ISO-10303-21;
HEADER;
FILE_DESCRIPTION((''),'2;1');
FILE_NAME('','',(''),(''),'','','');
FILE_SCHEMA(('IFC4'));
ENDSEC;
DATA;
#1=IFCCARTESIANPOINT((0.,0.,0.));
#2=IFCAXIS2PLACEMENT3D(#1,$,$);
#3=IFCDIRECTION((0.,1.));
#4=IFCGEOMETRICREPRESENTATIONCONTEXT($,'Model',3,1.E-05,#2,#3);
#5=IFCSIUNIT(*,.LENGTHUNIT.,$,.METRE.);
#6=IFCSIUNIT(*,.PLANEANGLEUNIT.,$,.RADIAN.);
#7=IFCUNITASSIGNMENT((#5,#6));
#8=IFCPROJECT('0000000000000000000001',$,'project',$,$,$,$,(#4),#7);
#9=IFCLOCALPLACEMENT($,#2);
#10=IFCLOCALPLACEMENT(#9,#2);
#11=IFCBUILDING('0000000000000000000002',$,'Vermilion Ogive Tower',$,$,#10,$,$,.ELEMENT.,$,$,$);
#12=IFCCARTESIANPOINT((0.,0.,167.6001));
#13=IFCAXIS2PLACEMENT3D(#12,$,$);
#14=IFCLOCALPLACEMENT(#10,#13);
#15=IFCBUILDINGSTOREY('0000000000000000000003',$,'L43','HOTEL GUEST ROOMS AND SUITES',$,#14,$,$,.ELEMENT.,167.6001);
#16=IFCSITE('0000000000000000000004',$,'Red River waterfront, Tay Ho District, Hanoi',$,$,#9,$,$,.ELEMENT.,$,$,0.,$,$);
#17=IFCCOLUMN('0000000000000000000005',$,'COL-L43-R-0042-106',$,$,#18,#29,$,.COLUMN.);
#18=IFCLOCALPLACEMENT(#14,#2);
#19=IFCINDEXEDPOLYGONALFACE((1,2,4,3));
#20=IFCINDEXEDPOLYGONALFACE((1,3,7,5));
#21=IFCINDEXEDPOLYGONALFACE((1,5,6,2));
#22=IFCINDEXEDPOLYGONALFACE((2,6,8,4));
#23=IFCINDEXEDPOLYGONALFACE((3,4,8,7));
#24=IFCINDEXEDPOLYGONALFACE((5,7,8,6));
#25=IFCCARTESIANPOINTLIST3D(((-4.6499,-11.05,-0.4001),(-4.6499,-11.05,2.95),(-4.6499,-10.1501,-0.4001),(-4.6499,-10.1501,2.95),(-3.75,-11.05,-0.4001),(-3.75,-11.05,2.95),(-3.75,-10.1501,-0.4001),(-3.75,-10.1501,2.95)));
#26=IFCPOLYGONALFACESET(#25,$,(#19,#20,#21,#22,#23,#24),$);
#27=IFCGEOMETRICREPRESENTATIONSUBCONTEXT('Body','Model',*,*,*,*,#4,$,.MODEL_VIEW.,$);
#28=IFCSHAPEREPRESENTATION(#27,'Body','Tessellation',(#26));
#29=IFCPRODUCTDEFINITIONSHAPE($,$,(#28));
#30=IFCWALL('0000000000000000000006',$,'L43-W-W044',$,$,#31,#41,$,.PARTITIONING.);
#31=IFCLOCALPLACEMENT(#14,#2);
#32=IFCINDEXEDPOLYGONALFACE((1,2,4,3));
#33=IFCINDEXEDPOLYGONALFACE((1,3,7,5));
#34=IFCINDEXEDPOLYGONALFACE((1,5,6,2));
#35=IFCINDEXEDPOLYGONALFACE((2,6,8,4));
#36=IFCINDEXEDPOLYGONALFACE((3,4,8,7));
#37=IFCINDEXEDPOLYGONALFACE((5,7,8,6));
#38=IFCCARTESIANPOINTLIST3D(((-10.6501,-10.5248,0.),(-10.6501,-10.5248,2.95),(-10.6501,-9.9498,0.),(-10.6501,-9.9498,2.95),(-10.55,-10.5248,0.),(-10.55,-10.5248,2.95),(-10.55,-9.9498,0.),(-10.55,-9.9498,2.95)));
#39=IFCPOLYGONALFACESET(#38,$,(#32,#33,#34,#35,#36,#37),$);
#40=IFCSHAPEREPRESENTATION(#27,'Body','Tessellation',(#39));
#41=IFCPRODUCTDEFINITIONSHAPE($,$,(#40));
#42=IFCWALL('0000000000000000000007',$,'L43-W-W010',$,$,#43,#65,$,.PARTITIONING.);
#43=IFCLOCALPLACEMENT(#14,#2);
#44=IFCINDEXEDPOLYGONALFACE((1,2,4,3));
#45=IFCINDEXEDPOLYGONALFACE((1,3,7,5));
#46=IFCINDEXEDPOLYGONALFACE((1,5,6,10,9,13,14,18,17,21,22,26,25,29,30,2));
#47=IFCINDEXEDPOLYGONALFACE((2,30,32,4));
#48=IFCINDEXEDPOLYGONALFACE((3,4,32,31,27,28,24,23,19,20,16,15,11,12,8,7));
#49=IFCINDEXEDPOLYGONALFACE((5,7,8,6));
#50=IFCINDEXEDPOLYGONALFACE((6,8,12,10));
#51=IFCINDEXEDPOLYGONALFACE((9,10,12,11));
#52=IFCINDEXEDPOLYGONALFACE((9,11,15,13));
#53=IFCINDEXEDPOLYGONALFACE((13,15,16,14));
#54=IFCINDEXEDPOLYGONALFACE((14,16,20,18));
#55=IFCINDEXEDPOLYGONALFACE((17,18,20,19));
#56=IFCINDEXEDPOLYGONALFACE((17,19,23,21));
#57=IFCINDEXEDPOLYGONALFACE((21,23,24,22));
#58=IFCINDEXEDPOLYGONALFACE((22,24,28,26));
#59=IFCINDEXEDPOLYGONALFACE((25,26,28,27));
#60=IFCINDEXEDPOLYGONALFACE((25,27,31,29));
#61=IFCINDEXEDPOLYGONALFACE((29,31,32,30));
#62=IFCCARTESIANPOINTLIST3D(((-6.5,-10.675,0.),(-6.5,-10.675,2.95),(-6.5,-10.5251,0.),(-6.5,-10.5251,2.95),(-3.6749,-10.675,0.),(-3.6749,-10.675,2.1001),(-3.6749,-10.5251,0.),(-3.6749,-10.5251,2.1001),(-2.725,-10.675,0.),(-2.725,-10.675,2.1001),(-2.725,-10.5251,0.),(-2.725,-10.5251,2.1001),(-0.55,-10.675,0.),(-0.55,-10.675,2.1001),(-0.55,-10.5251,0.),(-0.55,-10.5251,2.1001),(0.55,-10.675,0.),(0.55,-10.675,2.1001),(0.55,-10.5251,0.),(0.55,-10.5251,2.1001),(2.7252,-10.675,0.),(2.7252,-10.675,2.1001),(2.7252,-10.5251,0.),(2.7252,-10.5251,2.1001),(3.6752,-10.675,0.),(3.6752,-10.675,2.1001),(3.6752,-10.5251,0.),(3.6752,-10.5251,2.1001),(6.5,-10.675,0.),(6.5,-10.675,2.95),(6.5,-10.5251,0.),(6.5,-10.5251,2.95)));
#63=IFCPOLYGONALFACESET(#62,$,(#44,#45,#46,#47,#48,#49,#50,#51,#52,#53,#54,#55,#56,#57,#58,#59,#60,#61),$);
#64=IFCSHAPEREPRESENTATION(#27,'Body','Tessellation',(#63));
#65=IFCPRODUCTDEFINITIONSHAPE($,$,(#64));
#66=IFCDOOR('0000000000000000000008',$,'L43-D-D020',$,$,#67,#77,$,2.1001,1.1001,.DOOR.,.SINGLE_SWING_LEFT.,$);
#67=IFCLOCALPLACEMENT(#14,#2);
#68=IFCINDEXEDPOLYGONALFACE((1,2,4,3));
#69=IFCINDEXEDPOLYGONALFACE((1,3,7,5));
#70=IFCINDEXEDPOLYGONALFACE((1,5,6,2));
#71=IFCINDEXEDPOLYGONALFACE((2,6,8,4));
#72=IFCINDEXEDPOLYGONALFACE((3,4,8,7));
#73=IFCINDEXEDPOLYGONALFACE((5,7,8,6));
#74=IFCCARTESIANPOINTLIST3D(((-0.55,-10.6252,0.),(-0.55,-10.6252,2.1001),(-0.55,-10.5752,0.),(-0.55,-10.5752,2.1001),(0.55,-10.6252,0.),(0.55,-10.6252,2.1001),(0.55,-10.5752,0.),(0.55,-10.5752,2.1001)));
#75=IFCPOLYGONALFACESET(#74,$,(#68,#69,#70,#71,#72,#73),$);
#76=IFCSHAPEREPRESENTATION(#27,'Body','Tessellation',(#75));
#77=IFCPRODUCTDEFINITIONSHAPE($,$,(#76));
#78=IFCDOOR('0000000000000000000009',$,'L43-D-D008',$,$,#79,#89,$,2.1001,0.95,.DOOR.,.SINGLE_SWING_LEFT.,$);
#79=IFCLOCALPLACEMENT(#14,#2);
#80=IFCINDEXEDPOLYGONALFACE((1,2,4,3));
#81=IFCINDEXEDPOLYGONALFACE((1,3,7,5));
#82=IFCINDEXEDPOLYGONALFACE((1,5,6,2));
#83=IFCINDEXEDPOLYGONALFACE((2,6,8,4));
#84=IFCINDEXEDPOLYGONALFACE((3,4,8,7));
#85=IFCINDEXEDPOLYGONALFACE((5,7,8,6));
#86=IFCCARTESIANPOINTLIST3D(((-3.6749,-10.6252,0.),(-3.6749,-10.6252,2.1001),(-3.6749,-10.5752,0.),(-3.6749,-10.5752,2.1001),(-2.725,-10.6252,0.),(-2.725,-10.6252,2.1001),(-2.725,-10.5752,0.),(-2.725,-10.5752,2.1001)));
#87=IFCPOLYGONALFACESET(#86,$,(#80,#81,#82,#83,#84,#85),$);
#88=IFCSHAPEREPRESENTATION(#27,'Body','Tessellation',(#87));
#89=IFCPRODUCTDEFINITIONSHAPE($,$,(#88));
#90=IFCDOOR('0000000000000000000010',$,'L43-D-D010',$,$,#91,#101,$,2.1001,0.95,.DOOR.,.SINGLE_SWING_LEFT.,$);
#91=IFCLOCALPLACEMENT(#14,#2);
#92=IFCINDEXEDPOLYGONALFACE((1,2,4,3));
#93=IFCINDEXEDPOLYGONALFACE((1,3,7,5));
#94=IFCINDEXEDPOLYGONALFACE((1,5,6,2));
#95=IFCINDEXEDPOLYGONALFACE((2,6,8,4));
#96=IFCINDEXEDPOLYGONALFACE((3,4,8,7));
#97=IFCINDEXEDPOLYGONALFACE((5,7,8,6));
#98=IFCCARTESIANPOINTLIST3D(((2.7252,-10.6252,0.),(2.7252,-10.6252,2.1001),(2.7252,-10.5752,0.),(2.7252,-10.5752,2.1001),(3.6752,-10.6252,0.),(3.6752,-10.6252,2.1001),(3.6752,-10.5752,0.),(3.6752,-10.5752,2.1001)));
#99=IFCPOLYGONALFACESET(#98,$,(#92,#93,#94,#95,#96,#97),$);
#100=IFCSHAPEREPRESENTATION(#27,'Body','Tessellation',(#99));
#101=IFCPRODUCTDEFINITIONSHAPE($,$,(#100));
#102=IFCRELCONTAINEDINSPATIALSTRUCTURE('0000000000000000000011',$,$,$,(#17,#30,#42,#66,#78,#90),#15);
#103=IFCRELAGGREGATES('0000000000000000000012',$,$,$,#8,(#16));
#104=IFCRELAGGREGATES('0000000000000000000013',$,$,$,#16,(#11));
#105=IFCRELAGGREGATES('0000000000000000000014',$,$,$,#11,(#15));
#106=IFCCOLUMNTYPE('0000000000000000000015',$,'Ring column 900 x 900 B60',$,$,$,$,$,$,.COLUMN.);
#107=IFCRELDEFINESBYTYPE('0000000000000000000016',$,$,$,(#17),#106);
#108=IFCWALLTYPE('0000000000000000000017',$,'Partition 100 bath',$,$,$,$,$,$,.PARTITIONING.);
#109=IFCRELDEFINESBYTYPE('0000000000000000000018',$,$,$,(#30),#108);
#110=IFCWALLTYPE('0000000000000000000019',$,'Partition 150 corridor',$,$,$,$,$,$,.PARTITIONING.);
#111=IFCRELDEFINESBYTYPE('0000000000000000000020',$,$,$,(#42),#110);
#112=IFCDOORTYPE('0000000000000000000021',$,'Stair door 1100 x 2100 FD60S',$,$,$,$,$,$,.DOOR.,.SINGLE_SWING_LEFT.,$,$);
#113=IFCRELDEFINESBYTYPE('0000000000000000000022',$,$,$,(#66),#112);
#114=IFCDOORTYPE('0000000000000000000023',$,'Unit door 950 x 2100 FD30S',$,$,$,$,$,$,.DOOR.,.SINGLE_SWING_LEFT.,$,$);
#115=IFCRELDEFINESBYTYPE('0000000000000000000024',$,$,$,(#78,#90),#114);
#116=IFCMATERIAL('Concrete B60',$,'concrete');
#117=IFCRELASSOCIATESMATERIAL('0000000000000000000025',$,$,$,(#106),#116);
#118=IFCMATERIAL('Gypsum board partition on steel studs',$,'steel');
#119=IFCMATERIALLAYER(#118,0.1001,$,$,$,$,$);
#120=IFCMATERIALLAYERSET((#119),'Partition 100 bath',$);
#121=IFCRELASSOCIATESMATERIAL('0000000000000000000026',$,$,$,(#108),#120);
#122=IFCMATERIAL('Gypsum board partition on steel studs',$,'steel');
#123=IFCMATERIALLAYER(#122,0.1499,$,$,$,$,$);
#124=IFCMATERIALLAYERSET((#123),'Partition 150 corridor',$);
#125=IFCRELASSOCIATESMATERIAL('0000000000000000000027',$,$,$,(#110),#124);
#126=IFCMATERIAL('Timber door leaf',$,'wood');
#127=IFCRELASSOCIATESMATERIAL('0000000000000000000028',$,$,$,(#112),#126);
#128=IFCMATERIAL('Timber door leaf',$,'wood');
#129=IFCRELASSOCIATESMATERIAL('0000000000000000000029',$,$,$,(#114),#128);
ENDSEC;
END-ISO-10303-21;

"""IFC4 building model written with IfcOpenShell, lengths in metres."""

from ifc_helpers import new_model, si_unit, direction, frame, frame_2d, origin, origin_2d, place, context, subcontext, project, spatial, rectangle, extrude, material, layer, layer_set, material_profile, profile_set, type_object, element, fill, save


model = new_model("IFC4")

# Units and contexts
model_context = context("Model", 3, precision=1e-05, world=origin(), true_north=direction((0.0, 1.0)))
body_context = subcontext(model_context, "Body", "Model", "MODEL_VIEW")
ifc_project = project(units=[si_unit("LENGTHUNIT", "METRE"), si_unit("PLANEANGLEUNIT", "RADIAN")], contexts=[model_context])

# Site, building, storey
site_placement = place(None, origin())
site = spatial("IfcSite", under=ifc_project, at=site_placement, Name="Red River waterfront, Tay Ho District, Hanoi", CompositionType="ELEMENT", RefElevation=0.0)
building_placement = place(site_placement, origin())
building = spatial("IfcBuilding", under=site, at=building_placement, Name="Vermilion Ogive Tower", CompositionType="ELEMENT")
storey_placement = place(building_placement, frame((0.0, 0.0, 167.6001)))
storey = spatial("IfcBuildingStorey", under=building, at=storey_placement, Name="L43", Description="HOTEL GUEST ROOMS AND SUITES", CompositionType="ELEMENT", Elevation=167.6001)

# Column
ifc_material_1 = material(Name="Concrete B60", Category="concrete")
ifc_material_profile = material_profile(ifc_material_1, rectangle(XDim=0.8999, YDim=0.8999, at=origin_2d()), Name="900 x 900")
ifc_profile_set = profile_set([ifc_material_profile], Name="Concrete B60")
column_type = type_object("IfcColumnType", Name="Ring column 900 x 900 B60", PredefinedType="COLUMN", material=ifc_profile_set)
column_placement = place(storey_placement, frame((-4.2, -10.6001, -0.4001), z_axis=(0.0, 0.0, 1.0), x_axis=(1.0, 0.0, 0.0)))
element("IfcColumn", 1, at=column_placement, inside=storey, type_object=column_type, Name="COL-L43-R-0042-106", PredefinedType="COLUMN", context=body_context, shape_type="SweptSolid", body=[
    extrude(rectangle(XDim=0.8999, YDim=0.8999, at=origin_2d()), origin(), (0.0, 0.0, 1.0), 3.3501),
])

# Wall
ifc_material_2 = material(Name="Gypsum board partition on steel studs", Category="steel")
ifc_layer_1 = layer(ifc_material_2, 0.1001)
ifc_layer_set_1 = layer_set([ifc_layer_1], Name="Partition 100 bath")
wall_type_1 = type_object("IfcWallType", Name="Partition 100 bath", PredefinedType="PARTITIONING", material=ifc_layer_set_1)
wall_1_placement = place(storey_placement, frame((-10.6001, -10.5249, 0.0), z_axis=(0.0, 0.0, 1.0), x_axis=(0.0, 1.0, 0.0)))
element("IfcWall", 2, at=wall_1_placement, inside=storey, type_object=wall_type_1, Name="L43-W-W044", PredefinedType="PARTITIONING", context=body_context, shape_type="SweptSolid", body=[
    extrude(rectangle(XDim=0.575, YDim=0.1001, at=frame_2d((0.2876, 0.0))), origin(), (0.0, 0.0, 1.0), 2.95),
])

# Wall, openings, doors
ifc_material_3 = material(Name="Gypsum board partition on steel studs", Category="steel")
ifc_layer_2 = layer(ifc_material_3, 0.1499)
ifc_layer_set_2 = layer_set([ifc_layer_2], Name="Partition 150 corridor")
wall_type_2 = type_object("IfcWallType", Name="Partition 150 corridor", PredefinedType="PARTITIONING", material=ifc_layer_set_2)
wall_2_placement = place(storey_placement, frame((-6.5, -10.6001, 0.0), z_axis=(0.0, 0.0, 1.0), x_axis=(1.0, 0.0, 0.0)))
wall_2 = element("IfcWall", 3, at=wall_2_placement, inside=storey, type_object=wall_type_2, Name="L43-W-W010", PredefinedType="PARTITIONING", context=body_context, shape_type="SweptSolid", body=[
    extrude(rectangle(XDim=13.0, YDim=0.1499, at=frame_2d((6.5, 0.0))), origin(), (0.0, 0.0, 1.0), 2.95),
])
opening_1_placement = place(wall_2_placement, frame((2.825, 0.0, 0.0)))
opening_1 = element("IfcOpeningElement", 4, at=opening_1_placement, cuts=wall_2, PredefinedType="OPENING", context=body_context, shape_type="SweptSolid", body=[
    extrude(rectangle(XDim=0.95, YDim=2.1001, at=frame_2d((0.4751, 1.05))), frame((0.0, 0.085, 0.0), z_axis=(0.0, -1.0, 0.0), x_axis=(1.0, 0.0, 0.0)), (0.0, 0.0, 1.0), 0.1699),
])
opening_2_placement = place(wall_2_placement, frame((9.2251, 0.0, 0.0)))
opening_2 = element("IfcOpeningElement", 5, at=opening_2_placement, cuts=wall_2, PredefinedType="OPENING", context=body_context, shape_type="SweptSolid", body=[
    extrude(rectangle(XDim=0.95, YDim=2.1001, at=frame_2d((0.4751, 1.05))), frame((0.0, 0.085, 0.0), z_axis=(0.0, -1.0, 0.0), x_axis=(1.0, 0.0, 0.0)), (0.0, 0.0, 1.0), 0.1699),
])
opening_3_placement = place(wall_2_placement, frame((5.95, 0.0, 0.0)))
opening_3 = element("IfcOpeningElement", 6, at=opening_3_placement, cuts=wall_2, PredefinedType="OPENING", context=body_context, shape_type="SweptSolid", body=[
    extrude(rectangle(XDim=1.1001, YDim=2.1001, at=frame_2d((0.55, 1.05))), frame((0.0, 0.085, 0.0), z_axis=(0.0, -1.0, 0.0), x_axis=(1.0, 0.0, 0.0)), (0.0, 0.0, 1.0), 0.1699),
])
ifc_material_4 = material(Name="Timber door leaf", Category="wood")
door_type_1 = type_object("IfcDoorType", Name="Stair door 1100 x 2100 FD60S", OperationType="SINGLE_SWING_LEFT", PredefinedType="DOOR", material=ifc_material_4)
door_1_placement = place(opening_3_placement, origin())
door_1 = element("IfcDoor", 7, at=door_1_placement, inside=storey, type_object=door_type_1, Name="L43-D-D020", OperationType="SINGLE_SWING_LEFT", OverallHeight=2.1001, OverallWidth=1.1001, PredefinedType="DOOR", context=body_context, shape_type="SweptSolid", body=[
    extrude(rectangle(XDim=1.1001, YDim=2.1001, at=frame_2d((0.55, 1.05))), frame((0.0, 0.0249, 0.0), z_axis=(0.0, -1.0, 0.0), x_axis=(1.0, 0.0, 0.0)), (0.0, 0.0, 1.0), 0.05),
])
fill(opening_3, door_1)
ifc_material_5 = material(Name="Timber door leaf", Category="wood")
door_type_2 = type_object("IfcDoorType", Name="Unit door 950 x 2100 FD30S", OperationType="SINGLE_SWING_LEFT", PredefinedType="DOOR", material=ifc_material_5)
door_2_placement = place(opening_1_placement, origin())
door_2 = element("IfcDoor", 8, at=door_2_placement, inside=storey, type_object=door_type_2, Name="L43-D-D008", OperationType="SINGLE_SWING_LEFT", OverallHeight=2.1001, OverallWidth=0.95, PredefinedType="DOOR", context=body_context, shape_type="SweptSolid", body=[
    extrude(rectangle(XDim=0.95, YDim=2.1001, at=frame_2d((0.4751, 1.05))), frame((0.0, 0.0249, 0.0), z_axis=(0.0, -1.0, 0.0), x_axis=(1.0, 0.0, 0.0)), (0.0, 0.0, 1.0), 0.05),
])
fill(opening_1, door_2)
door_3_placement = place(opening_2_placement, origin())
door_3 = element("IfcDoor", 9, at=door_3_placement, inside=storey, type_object=door_type_2, Name="L43-D-D010", OperationType="SINGLE_SWING_LEFT", OverallHeight=2.1001, OverallWidth=0.95, PredefinedType="DOOR", context=body_context, shape_type="SweptSolid", body=[
    extrude(rectangle(XDim=0.95, YDim=2.1001, at=frame_2d((0.4751, 1.05))), frame((0.0, 0.0249, 0.0), z_axis=(0.0, -1.0, 0.0), x_axis=(1.0, 0.0, 0.0)), (0.0, 0.0, 1.0), 0.05),
])
fill(opening_2, door_3)

save(model, "model.ifc")
